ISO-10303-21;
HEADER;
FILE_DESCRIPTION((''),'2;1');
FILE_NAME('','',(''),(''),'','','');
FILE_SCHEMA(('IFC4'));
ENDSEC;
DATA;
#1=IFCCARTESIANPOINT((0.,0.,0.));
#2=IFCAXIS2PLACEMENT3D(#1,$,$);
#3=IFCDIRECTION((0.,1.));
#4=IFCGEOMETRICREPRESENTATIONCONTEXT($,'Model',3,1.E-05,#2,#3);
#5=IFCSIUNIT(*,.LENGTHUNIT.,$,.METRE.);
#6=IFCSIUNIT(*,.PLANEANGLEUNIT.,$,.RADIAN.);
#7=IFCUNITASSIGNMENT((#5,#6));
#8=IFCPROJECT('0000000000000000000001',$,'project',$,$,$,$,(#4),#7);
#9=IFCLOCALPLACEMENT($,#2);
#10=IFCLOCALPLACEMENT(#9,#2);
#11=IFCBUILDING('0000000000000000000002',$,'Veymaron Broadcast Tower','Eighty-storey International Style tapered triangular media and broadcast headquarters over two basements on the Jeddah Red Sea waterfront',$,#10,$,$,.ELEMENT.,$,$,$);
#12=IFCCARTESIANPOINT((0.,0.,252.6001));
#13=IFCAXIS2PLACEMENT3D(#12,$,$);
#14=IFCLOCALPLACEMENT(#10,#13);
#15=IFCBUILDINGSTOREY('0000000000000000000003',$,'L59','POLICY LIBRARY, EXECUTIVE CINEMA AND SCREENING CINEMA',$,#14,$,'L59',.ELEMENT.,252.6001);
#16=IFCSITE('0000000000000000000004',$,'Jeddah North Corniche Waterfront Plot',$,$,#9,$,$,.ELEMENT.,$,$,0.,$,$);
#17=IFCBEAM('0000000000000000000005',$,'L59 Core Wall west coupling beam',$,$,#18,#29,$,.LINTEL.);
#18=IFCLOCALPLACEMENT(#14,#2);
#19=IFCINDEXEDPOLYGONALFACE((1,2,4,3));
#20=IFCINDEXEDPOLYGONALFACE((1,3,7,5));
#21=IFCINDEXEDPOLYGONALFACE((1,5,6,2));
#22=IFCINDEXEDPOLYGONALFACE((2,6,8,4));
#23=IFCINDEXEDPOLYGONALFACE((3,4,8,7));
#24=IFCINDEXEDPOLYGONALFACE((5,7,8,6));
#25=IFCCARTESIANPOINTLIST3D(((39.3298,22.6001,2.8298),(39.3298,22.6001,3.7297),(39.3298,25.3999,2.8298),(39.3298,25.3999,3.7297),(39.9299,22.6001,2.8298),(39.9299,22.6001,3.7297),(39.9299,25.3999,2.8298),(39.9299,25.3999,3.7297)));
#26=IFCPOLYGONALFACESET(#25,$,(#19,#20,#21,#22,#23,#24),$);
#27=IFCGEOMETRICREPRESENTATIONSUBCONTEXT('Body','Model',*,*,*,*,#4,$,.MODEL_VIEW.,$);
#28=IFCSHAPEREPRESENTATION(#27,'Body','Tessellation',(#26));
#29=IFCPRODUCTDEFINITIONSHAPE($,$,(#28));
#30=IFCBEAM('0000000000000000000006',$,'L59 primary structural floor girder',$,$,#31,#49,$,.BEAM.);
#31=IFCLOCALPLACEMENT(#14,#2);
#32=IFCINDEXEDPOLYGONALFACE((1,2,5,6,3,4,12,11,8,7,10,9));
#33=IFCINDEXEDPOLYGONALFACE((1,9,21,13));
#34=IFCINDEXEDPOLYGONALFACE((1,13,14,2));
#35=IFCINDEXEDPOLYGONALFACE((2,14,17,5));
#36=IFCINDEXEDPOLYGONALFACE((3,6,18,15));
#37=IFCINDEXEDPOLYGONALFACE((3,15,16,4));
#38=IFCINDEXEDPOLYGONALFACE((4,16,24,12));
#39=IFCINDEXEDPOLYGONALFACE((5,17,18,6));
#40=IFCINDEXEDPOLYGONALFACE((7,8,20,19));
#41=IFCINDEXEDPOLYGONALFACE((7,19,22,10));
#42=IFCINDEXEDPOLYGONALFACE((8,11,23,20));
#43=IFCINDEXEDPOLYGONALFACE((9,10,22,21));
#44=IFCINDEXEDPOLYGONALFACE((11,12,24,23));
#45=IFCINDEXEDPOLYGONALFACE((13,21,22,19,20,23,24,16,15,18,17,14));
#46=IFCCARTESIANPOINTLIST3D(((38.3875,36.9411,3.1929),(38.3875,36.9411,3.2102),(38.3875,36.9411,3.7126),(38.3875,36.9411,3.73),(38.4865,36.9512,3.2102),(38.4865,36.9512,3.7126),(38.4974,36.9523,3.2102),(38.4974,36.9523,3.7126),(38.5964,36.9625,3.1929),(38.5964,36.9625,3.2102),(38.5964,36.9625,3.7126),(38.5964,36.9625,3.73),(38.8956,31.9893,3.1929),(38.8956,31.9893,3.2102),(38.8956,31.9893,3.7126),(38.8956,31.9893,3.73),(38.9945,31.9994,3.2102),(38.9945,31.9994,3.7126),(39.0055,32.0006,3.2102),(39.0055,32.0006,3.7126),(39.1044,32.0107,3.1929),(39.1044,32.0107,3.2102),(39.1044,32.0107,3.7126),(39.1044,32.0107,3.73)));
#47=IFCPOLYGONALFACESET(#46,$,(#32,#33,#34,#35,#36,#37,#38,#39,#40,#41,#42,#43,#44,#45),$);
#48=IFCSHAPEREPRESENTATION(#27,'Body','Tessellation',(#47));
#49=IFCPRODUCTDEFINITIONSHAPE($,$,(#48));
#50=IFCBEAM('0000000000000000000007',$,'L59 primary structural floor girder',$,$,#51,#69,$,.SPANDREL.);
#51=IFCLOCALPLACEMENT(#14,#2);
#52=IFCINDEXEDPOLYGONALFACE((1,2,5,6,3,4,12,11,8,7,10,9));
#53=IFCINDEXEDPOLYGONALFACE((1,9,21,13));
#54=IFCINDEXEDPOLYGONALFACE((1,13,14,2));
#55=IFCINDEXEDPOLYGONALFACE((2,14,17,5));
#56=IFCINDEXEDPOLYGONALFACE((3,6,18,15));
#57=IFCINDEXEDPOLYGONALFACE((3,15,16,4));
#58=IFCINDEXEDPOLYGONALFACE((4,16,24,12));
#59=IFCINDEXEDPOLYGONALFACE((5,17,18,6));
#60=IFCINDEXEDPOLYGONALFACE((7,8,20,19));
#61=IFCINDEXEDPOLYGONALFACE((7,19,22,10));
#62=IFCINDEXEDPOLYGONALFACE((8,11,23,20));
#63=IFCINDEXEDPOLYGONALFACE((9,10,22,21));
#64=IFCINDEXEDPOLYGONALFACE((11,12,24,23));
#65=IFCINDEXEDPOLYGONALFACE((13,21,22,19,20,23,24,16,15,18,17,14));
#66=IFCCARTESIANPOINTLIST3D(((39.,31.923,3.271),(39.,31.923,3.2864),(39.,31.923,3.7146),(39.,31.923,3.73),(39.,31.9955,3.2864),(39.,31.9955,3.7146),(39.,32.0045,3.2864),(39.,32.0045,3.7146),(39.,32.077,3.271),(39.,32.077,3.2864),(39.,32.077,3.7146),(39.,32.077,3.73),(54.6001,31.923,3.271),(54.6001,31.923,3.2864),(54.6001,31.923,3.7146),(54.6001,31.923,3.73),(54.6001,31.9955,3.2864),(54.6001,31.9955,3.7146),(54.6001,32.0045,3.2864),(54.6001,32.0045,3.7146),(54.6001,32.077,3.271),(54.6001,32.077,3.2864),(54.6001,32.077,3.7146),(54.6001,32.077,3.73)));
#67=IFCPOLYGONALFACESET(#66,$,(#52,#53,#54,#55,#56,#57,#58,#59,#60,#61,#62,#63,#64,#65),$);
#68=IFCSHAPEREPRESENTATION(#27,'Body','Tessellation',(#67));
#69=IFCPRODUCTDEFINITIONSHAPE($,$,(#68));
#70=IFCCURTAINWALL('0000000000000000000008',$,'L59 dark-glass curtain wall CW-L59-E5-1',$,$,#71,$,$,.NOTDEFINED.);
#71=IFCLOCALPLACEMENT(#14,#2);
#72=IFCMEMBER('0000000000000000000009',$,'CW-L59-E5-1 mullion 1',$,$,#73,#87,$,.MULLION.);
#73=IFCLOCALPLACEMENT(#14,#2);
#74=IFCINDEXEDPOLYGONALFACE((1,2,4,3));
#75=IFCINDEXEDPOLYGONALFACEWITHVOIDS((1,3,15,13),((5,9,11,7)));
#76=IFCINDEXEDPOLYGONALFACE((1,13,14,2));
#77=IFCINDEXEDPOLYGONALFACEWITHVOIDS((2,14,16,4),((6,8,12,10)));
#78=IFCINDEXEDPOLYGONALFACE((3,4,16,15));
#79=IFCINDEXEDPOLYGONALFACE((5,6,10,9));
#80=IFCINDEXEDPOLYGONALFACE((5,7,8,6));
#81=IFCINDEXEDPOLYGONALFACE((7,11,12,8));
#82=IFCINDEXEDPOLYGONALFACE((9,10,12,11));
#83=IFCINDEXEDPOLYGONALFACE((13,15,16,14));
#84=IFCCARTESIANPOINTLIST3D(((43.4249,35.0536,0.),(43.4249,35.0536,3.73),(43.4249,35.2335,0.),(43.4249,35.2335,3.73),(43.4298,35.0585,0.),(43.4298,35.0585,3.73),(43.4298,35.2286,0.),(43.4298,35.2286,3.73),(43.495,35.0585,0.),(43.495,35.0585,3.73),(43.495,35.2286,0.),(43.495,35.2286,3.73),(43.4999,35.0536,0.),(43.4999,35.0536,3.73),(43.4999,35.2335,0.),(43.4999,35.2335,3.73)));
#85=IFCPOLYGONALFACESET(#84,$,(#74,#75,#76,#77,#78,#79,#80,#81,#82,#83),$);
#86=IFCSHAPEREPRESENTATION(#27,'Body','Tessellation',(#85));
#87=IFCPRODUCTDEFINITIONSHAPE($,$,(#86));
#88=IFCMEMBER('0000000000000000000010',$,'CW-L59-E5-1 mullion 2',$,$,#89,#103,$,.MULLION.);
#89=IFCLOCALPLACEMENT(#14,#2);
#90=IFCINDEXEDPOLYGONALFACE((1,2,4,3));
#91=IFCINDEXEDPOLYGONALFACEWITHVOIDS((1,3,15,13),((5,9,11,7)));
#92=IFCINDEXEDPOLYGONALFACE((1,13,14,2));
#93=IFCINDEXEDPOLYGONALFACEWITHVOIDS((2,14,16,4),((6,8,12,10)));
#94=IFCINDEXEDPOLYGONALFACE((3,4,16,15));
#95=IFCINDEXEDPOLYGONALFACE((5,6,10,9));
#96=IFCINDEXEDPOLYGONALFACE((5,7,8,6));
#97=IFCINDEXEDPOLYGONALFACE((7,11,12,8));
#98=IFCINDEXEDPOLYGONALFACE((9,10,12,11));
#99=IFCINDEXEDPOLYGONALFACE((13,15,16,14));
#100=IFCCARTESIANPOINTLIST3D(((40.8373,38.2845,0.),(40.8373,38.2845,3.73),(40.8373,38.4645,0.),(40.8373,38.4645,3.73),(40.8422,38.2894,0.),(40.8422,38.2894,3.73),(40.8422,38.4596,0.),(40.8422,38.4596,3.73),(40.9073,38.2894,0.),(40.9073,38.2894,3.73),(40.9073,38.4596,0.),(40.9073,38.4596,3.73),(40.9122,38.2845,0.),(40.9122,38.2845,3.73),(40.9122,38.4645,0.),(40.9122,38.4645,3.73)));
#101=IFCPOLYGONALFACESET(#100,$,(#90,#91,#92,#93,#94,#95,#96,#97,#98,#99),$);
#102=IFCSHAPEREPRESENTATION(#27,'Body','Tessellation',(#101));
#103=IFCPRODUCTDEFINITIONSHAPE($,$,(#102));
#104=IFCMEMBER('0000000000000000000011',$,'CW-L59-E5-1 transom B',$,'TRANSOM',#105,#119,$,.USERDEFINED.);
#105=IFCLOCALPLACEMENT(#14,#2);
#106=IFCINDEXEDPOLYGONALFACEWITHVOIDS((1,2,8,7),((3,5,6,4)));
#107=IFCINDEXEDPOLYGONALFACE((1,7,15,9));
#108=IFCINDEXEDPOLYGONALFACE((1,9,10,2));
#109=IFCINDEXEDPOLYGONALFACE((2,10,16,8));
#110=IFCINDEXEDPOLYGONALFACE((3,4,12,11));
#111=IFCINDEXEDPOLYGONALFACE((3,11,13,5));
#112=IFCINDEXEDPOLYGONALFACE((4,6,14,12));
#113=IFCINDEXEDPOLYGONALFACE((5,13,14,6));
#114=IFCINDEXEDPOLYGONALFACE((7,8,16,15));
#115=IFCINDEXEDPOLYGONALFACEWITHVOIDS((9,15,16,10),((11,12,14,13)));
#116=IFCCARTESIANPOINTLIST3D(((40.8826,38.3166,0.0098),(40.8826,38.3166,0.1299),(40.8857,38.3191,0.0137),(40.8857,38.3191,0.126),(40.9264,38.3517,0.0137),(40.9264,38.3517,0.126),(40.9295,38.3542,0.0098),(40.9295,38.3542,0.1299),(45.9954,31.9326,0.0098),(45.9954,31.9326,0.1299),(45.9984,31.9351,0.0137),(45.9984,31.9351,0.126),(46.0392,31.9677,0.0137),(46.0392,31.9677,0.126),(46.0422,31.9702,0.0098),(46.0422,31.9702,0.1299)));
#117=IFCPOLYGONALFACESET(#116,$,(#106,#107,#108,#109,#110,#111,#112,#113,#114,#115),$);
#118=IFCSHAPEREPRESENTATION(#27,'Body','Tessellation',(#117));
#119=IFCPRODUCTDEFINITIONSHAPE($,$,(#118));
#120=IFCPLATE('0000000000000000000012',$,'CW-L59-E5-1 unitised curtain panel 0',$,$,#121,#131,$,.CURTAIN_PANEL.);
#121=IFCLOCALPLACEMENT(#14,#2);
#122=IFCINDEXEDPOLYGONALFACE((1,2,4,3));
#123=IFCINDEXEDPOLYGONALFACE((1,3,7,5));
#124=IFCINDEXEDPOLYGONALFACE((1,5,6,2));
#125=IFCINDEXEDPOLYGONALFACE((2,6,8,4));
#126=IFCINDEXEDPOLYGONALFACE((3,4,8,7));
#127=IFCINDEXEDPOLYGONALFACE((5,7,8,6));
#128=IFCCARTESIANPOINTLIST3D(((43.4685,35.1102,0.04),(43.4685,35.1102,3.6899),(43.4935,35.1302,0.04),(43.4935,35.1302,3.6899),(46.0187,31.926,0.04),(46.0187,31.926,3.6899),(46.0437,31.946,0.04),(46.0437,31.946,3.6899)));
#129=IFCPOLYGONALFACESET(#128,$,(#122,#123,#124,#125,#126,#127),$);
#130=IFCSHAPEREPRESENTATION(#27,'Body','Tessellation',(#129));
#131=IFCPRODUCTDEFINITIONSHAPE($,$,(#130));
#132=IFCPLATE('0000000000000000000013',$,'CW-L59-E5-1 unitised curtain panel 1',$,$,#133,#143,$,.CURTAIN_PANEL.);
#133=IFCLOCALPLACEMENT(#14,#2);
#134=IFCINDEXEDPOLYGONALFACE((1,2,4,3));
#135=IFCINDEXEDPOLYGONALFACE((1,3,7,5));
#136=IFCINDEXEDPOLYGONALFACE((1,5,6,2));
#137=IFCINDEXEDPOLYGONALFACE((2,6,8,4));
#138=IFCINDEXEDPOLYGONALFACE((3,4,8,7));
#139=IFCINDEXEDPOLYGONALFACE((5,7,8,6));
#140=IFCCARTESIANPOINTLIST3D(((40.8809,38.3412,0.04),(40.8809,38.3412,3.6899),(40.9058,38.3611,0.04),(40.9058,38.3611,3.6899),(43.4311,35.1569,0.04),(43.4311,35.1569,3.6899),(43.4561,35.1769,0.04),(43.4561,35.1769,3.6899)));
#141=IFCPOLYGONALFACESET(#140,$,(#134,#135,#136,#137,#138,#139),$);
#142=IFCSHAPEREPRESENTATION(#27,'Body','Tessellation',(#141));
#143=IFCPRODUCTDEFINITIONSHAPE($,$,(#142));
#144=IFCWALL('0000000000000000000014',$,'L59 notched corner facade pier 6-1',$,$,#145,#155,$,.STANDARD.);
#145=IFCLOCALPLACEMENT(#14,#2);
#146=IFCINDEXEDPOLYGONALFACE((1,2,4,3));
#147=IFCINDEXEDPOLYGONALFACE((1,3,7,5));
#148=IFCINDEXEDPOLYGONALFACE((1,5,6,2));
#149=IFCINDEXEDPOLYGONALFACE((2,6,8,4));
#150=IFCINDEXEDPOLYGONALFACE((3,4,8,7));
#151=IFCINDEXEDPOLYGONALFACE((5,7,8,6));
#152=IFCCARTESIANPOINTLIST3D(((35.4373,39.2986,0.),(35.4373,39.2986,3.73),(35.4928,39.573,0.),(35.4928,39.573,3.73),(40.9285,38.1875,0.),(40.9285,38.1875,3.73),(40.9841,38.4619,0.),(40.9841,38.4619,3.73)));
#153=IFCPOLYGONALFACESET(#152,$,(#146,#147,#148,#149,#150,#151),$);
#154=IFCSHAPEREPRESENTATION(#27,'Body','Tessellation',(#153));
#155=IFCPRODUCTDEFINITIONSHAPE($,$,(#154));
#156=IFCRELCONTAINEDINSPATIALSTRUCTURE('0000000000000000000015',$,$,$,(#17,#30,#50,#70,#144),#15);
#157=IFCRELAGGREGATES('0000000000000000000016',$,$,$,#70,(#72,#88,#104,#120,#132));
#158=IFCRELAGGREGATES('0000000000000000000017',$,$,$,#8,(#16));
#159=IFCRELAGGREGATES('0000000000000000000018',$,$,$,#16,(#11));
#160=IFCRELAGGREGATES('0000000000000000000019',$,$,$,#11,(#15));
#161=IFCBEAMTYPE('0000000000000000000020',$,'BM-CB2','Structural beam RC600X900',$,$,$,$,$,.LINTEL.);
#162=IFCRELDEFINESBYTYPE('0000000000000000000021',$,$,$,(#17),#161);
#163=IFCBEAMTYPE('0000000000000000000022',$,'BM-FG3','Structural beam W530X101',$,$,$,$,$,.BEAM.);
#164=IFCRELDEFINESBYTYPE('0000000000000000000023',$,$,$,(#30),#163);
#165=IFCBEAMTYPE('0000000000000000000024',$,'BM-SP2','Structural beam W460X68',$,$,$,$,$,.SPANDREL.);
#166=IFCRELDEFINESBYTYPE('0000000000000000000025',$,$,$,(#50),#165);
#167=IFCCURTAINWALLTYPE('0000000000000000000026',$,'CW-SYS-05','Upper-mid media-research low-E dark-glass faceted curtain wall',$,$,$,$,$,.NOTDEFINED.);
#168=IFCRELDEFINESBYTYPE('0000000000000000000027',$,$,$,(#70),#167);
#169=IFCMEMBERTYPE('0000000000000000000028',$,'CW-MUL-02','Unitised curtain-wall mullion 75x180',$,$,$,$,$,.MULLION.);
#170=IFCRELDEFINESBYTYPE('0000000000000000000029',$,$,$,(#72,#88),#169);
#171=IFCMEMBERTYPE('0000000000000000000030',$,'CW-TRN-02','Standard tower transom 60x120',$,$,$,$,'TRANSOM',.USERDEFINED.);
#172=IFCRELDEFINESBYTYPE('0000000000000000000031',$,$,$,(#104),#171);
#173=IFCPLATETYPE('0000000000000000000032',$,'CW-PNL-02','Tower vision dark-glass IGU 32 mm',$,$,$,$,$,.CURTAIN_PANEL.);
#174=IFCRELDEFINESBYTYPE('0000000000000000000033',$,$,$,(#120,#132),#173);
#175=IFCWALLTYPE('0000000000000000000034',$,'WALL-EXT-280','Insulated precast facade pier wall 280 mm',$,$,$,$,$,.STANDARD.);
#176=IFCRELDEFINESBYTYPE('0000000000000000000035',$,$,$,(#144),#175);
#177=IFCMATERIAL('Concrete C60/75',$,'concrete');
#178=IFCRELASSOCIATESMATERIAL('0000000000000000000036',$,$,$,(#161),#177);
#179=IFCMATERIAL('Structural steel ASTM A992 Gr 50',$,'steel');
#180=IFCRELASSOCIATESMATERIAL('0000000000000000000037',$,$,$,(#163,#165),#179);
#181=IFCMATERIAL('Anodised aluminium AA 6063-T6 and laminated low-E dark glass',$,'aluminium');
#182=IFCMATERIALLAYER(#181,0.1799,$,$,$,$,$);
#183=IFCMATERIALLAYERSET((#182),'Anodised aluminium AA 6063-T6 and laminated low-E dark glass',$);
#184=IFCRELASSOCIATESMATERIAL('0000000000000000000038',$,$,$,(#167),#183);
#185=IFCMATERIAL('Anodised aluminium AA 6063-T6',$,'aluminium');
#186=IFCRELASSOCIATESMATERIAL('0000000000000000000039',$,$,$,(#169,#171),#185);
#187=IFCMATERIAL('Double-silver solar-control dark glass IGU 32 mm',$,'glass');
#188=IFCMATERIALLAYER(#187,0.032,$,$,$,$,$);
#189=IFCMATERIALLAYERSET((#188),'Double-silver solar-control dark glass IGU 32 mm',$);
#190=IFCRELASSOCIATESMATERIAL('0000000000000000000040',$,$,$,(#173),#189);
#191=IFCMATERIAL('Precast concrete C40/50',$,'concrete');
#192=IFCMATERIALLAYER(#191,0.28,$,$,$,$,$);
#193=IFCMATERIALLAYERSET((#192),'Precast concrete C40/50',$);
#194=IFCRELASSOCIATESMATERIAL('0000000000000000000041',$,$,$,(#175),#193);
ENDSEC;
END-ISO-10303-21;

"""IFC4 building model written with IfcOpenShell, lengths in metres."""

from ifc_helpers import new_model, si_unit, direction, frame, frame_2d, origin, origin_2d, place, context, subcontext, project, spatial, rectangle, hollow_rectangle, i_section, extrude, material, layer, layer_set, material_profile, profile_set, type_object, element, aggregate, save


model = new_model("IFC4")

# Units and contexts
model_context = context("Model", 3, precision=1e-05, world=origin(), true_north=direction((0.0, 1.0)))
body_context = subcontext(model_context, "Body", "Model", "MODEL_VIEW")
ifc_project = project(units=[si_unit("LENGTHUNIT", "METRE"), si_unit("PLANEANGLEUNIT", "RADIAN")], contexts=[model_context])

# Site, building, storey
site_placement = place(None, origin())
site = spatial("IfcSite", under=ifc_project, at=site_placement, Name="Jeddah North Corniche Waterfront Plot", CompositionType="ELEMENT", RefElevation=0.0)
building_placement = place(site_placement, origin())
building = spatial("IfcBuilding", under=site, at=building_placement, Name="Veymaron Broadcast Tower", Description="Eighty-storey International Style tapered triangular media and broadcast headquarters over two basements on the Jeddah Red Sea waterfront", CompositionType="ELEMENT")
storey_placement = place(building_placement, frame((0.0, 0.0, 252.6001)))
storey = spatial("IfcBuildingStorey", under=building, at=storey_placement, Name="L59", Description="POLICY LIBRARY, EXECUTIVE CINEMA AND SCREENING CINEMA", LongName="L59", CompositionType="ELEMENT", Elevation=252.6001)

# Beams
ifc_material_1 = material(Name="Concrete C60/75", Category="concrete")
ifc_material_profile_1 = material_profile(ifc_material_1, rectangle(XDim=0.6001, YDim=0.8999, at=origin_2d()), Name="RC600X900")
ifc_profile_set_1 = profile_set([ifc_material_profile_1], Name="Concrete C60/75")
beam_type_1 = type_object("IfcBeamType", Name="BM-CB2", Description="Structural beam RC600X900", PredefinedType="LINTEL", material=ifc_profile_set_1)
beam_1_placement = place(storey_placement, frame((39.6299, 22.6001, 3.2798), z_axis=(0.0, 1.0, 0.0), x_axis=(-1.0, 0.0, 0.0)))
element("IfcBeam", 1, at=beam_1_placement, inside=storey, type_object=beam_type_1, Name="L59 Core Wall west coupling beam", PredefinedType="LINTEL", context=body_context, shape_type="SweptSolid", body=[
    extrude(rectangle(XDim=0.6001, YDim=0.8999, at=origin_2d()), origin(), (0.0, 0.0, 1.0), 2.7998),
])
ifc_material_2 = material(Name="Structural steel ASTM A992 Gr 50", Category="steel")
ifc_material_profile_2 = material_profile(ifc_material_2, i_section(OverallWidth=0.21, OverallDepth=0.5371, WebThickness=0.011, FlangeThickness=0.0173, at=origin_2d()), Name="W530X101")
ifc_profile_set_2 = profile_set([ifc_material_profile_2], Name="Structural steel ASTM A992 Gr 50")
beam_type_2 = type_object("IfcBeamType", Name="BM-FG3", Description="Structural beam W530X101", PredefinedType="BEAM", material=ifc_profile_set_2)
beam_2_placement = place(storey_placement, frame((39.0, 32.0, 3.4614), z_axis=(-0.102062, 0.994778, 0.0), x_axis=(-0.994778, -0.102062, 0.0)))
element("IfcBeam", 2, at=beam_2_placement, inside=storey, type_object=beam_type_2, Name="L59 primary structural floor girder", PredefinedType="BEAM", context=body_context, shape_type="SweptSolid", body=[
    extrude(i_section(OverallWidth=0.21, OverallDepth=0.5371, WebThickness=0.011, FlangeThickness=0.0173, at=origin_2d()), origin(), (0.0, 0.0, 1.0), 4.9778),
])
ifc_material_profile_3 = material_profile(ifc_material_2, i_section(OverallWidth=0.1541, OverallDepth=0.459, WebThickness=0.009, FlangeThickness=0.0154, at=origin_2d()), Name="W460X68")
ifc_profile_set_3 = profile_set([ifc_material_profile_3], Name="Structural steel ASTM A992 Gr 50")
beam_type_3 = type_object("IfcBeamType", Name="BM-SP2", Description="Structural beam W460X68", PredefinedType="SPANDREL", material=ifc_profile_set_3)
beam_3_placement = place(storey_placement, frame((39.0, 32.0, 3.5005), z_axis=(1.0, 0.0, 0.0), x_axis=(0.0, 1.0, 0.0)))
element("IfcBeam", 3, at=beam_3_placement, inside=storey, type_object=beam_type_3, Name="L59 primary structural floor girder", PredefinedType="SPANDREL", context=body_context, shape_type="SweptSolid", body=[
    extrude(i_section(OverallWidth=0.1541, OverallDepth=0.459, WebThickness=0.009, FlangeThickness=0.0154, at=origin_2d()), origin(), (0.0, 0.0, 1.0), 15.6001),
])

# Curtain wall, members, plates
ifc_material_3 = material(Name="Anodised aluminium AA 6063-T6 and laminated low-E dark glass", Category="aluminium")
ifc_layer_1 = layer(ifc_material_3, 0.1799)
ifc_layer_set_1 = layer_set([ifc_layer_1], Name="Anodised aluminium AA 6063-T6 and laminated low-E dark glass")
curtain_wall_type = type_object("IfcCurtainWallType", Name="CW-SYS-05", Description="Upper-mid media-research low-E dark-glass faceted curtain wall", PredefinedType="NOTDEFINED", material=ifc_layer_set_1)
curtain_wall_placement = place(storey_placement, origin())
curtain_wall = element("IfcCurtainWall", 4, at=curtain_wall_placement, inside=storey, type_object=curtain_wall_type, Name="L59 dark-glass curtain wall CW-L59-E5-1", PredefinedType="NOTDEFINED")
ifc_material_4 = material(Name="Anodised aluminium AA 6063-T6", Category="aluminium")
ifc_material_profile_4 = material_profile(ifc_material_4, hollow_rectangle(XDim=0.075, YDim=0.1799, WallThickness=0.0049, at=origin_2d()), Name="AL180X75X5")
ifc_profile_set_4 = profile_set([ifc_material_profile_4], Name="Anodised aluminium AA 6063-T6")
member_type_1 = type_object("IfcMemberType", Name="CW-MUL-02", Description="Unitised curtain-wall mullion 75x180", PredefinedType="MULLION", material=ifc_profile_set_4)
member_1_placement = place(storey_placement, frame((43.4624, 35.1436, 0.0), z_axis=(0.0, 0.0, 1.0), x_axis=(1.0, 0.0, 0.0)))
member_1 = element("IfcMember", 5, at=member_1_placement, type_object=member_type_1, Name="CW-L59-E5-1 mullion 1", PredefinedType="MULLION", context=body_context, shape_type="SweptSolid", body=[
    extrude(hollow_rectangle(XDim=0.075, YDim=0.1799, WallThickness=0.0049, at=origin_2d()), origin(), (0.0, 0.0, 1.0), 3.73),
])
member_2_placement = place(storey_placement, frame((40.8748, 38.3745, 0.0), z_axis=(0.0, 0.0, 1.0), x_axis=(1.0, 0.0, 0.0)))
member_2 = element("IfcMember", 6, at=member_2_placement, type_object=member_type_1, Name="CW-L59-E5-1 mullion 2", PredefinedType="MULLION", context=body_context, shape_type="SweptSolid", body=[
    extrude(hollow_rectangle(XDim=0.075, YDim=0.1799, WallThickness=0.0049, at=origin_2d()), origin(), (0.0, 0.0, 1.0), 3.73),
])
ifc_material_profile_5 = material_profile(ifc_material_4, hollow_rectangle(XDim=0.0601, YDim=0.1201, WallThickness=0.0039, at=origin_2d()), Name="AL120X60X4")
ifc_profile_set_5 = profile_set([ifc_material_profile_5], Name="Anodised aluminium AA 6063-T6")
member_type_2 = type_object("IfcMemberType", Name="CW-TRN-02", Description="Standard tower transom 60x120", ElementType="TRANSOM", PredefinedType="USERDEFINED", material=ifc_profile_set_5)
member_3_placement = place(storey_placement, frame((46.0188, 31.9514, 0.0698), z_axis=(-0.62511, 0.780537, 0.0), x_axis=(-0.780537, -0.62511, 0.0)))
member_3 = element("IfcMember", 7, at=member_3_placement, type_object=member_type_2, Name="CW-L59-E5-1 transom B", ObjectType="TRANSOM", PredefinedType="USERDEFINED", context=body_context, shape_type="SweptSolid", body=[
    extrude(hollow_rectangle(XDim=0.0601, YDim=0.1201, WallThickness=0.0039, at=origin_2d()), origin(), (0.0, 0.0, 1.0), 8.179),
])
ifc_material_5 = material(Name="Double-silver solar-control dark glass IGU 32 mm", Category="glass")
ifc_layer_2 = layer(ifc_material_5, 0.032)
ifc_layer_set_2 = layer_set([ifc_layer_2], Name="Double-silver solar-control dark glass IGU 32 mm")
plate_type = type_object("IfcPlateType", Name="CW-PNL-02", Description="Tower vision dark-glass IGU 32 mm", PredefinedType="CURTAIN_PANEL", material=ifc_layer_set_2)
plate_1_placement = place(storey_placement, frame((44.7561, 33.5281, 0.04), z_axis=(0.0, 0.0, 1.0), x_axis=(-0.62512, 0.780529, 0.0)))
plate_1 = element("IfcPlate", 8, at=plate_1_placement, type_object=plate_type, Name="CW-L59-E5-1 unitised curtain panel 0", PredefinedType="CURTAIN_PANEL", context=body_context, shape_type="SweptSolid", body=[
    extrude(rectangle(XDim=4.0796, YDim=0.032, at=origin_2d()), origin(), (0.0, 0.0, 1.0), 3.6499),
])
plate_2_placement = place(storey_placement, frame((42.1685, 36.759, 0.04), z_axis=(0.0, 0.0, 1.0), x_axis=(-0.62512, 0.780529, 0.0)))
plate_2 = element("IfcPlate", 9, at=plate_2_placement, type_object=plate_type, Name="CW-L59-E5-1 unitised curtain panel 1", PredefinedType="CURTAIN_PANEL", context=body_context, shape_type="SweptSolid", body=[
    extrude(rectangle(XDim=4.0796, YDim=0.032, at=origin_2d()), origin(), (0.0, 0.0, 1.0), 3.6499),
])
aggregate(curtain_wall, [member_1, member_2, member_3, plate_1, plate_2])

# Wall
ifc_material_6 = material(Name="Precast concrete C40/50", Category="concrete")
ifc_layer_3 = layer(ifc_material_6, 0.28)
ifc_layer_set_3 = layer_set([ifc_layer_3], Name="Precast concrete C40/50")
wall_type_1 = type_object("IfcWallType", Name="WALL-EXT-280", Description="Insulated precast facade pier wall 280 mm", PredefinedType="STANDARD", material=ifc_layer_set_3)
wall_1_placement = place(storey_placement, frame((40.9563, 38.3247, 0.0), z_axis=(0.0, 0.0, 1.0), x_axis=(-0.980137, 0.19832, 0.0)))
element("IfcWall", 10, at=wall_1_placement, inside=storey, type_object=wall_type_1, Name="L59 notched corner facade pier 6-1", PredefinedType="STANDARD", context=body_context, shape_type="SweptSolid", body=[
    extrude(rectangle(XDim=5.6025, YDim=0.28, at=frame_2d((2.8013, 0.0))), origin(), (0.0, 0.0, 1.0), 3.73),
])

save(model, "model.ifc")
